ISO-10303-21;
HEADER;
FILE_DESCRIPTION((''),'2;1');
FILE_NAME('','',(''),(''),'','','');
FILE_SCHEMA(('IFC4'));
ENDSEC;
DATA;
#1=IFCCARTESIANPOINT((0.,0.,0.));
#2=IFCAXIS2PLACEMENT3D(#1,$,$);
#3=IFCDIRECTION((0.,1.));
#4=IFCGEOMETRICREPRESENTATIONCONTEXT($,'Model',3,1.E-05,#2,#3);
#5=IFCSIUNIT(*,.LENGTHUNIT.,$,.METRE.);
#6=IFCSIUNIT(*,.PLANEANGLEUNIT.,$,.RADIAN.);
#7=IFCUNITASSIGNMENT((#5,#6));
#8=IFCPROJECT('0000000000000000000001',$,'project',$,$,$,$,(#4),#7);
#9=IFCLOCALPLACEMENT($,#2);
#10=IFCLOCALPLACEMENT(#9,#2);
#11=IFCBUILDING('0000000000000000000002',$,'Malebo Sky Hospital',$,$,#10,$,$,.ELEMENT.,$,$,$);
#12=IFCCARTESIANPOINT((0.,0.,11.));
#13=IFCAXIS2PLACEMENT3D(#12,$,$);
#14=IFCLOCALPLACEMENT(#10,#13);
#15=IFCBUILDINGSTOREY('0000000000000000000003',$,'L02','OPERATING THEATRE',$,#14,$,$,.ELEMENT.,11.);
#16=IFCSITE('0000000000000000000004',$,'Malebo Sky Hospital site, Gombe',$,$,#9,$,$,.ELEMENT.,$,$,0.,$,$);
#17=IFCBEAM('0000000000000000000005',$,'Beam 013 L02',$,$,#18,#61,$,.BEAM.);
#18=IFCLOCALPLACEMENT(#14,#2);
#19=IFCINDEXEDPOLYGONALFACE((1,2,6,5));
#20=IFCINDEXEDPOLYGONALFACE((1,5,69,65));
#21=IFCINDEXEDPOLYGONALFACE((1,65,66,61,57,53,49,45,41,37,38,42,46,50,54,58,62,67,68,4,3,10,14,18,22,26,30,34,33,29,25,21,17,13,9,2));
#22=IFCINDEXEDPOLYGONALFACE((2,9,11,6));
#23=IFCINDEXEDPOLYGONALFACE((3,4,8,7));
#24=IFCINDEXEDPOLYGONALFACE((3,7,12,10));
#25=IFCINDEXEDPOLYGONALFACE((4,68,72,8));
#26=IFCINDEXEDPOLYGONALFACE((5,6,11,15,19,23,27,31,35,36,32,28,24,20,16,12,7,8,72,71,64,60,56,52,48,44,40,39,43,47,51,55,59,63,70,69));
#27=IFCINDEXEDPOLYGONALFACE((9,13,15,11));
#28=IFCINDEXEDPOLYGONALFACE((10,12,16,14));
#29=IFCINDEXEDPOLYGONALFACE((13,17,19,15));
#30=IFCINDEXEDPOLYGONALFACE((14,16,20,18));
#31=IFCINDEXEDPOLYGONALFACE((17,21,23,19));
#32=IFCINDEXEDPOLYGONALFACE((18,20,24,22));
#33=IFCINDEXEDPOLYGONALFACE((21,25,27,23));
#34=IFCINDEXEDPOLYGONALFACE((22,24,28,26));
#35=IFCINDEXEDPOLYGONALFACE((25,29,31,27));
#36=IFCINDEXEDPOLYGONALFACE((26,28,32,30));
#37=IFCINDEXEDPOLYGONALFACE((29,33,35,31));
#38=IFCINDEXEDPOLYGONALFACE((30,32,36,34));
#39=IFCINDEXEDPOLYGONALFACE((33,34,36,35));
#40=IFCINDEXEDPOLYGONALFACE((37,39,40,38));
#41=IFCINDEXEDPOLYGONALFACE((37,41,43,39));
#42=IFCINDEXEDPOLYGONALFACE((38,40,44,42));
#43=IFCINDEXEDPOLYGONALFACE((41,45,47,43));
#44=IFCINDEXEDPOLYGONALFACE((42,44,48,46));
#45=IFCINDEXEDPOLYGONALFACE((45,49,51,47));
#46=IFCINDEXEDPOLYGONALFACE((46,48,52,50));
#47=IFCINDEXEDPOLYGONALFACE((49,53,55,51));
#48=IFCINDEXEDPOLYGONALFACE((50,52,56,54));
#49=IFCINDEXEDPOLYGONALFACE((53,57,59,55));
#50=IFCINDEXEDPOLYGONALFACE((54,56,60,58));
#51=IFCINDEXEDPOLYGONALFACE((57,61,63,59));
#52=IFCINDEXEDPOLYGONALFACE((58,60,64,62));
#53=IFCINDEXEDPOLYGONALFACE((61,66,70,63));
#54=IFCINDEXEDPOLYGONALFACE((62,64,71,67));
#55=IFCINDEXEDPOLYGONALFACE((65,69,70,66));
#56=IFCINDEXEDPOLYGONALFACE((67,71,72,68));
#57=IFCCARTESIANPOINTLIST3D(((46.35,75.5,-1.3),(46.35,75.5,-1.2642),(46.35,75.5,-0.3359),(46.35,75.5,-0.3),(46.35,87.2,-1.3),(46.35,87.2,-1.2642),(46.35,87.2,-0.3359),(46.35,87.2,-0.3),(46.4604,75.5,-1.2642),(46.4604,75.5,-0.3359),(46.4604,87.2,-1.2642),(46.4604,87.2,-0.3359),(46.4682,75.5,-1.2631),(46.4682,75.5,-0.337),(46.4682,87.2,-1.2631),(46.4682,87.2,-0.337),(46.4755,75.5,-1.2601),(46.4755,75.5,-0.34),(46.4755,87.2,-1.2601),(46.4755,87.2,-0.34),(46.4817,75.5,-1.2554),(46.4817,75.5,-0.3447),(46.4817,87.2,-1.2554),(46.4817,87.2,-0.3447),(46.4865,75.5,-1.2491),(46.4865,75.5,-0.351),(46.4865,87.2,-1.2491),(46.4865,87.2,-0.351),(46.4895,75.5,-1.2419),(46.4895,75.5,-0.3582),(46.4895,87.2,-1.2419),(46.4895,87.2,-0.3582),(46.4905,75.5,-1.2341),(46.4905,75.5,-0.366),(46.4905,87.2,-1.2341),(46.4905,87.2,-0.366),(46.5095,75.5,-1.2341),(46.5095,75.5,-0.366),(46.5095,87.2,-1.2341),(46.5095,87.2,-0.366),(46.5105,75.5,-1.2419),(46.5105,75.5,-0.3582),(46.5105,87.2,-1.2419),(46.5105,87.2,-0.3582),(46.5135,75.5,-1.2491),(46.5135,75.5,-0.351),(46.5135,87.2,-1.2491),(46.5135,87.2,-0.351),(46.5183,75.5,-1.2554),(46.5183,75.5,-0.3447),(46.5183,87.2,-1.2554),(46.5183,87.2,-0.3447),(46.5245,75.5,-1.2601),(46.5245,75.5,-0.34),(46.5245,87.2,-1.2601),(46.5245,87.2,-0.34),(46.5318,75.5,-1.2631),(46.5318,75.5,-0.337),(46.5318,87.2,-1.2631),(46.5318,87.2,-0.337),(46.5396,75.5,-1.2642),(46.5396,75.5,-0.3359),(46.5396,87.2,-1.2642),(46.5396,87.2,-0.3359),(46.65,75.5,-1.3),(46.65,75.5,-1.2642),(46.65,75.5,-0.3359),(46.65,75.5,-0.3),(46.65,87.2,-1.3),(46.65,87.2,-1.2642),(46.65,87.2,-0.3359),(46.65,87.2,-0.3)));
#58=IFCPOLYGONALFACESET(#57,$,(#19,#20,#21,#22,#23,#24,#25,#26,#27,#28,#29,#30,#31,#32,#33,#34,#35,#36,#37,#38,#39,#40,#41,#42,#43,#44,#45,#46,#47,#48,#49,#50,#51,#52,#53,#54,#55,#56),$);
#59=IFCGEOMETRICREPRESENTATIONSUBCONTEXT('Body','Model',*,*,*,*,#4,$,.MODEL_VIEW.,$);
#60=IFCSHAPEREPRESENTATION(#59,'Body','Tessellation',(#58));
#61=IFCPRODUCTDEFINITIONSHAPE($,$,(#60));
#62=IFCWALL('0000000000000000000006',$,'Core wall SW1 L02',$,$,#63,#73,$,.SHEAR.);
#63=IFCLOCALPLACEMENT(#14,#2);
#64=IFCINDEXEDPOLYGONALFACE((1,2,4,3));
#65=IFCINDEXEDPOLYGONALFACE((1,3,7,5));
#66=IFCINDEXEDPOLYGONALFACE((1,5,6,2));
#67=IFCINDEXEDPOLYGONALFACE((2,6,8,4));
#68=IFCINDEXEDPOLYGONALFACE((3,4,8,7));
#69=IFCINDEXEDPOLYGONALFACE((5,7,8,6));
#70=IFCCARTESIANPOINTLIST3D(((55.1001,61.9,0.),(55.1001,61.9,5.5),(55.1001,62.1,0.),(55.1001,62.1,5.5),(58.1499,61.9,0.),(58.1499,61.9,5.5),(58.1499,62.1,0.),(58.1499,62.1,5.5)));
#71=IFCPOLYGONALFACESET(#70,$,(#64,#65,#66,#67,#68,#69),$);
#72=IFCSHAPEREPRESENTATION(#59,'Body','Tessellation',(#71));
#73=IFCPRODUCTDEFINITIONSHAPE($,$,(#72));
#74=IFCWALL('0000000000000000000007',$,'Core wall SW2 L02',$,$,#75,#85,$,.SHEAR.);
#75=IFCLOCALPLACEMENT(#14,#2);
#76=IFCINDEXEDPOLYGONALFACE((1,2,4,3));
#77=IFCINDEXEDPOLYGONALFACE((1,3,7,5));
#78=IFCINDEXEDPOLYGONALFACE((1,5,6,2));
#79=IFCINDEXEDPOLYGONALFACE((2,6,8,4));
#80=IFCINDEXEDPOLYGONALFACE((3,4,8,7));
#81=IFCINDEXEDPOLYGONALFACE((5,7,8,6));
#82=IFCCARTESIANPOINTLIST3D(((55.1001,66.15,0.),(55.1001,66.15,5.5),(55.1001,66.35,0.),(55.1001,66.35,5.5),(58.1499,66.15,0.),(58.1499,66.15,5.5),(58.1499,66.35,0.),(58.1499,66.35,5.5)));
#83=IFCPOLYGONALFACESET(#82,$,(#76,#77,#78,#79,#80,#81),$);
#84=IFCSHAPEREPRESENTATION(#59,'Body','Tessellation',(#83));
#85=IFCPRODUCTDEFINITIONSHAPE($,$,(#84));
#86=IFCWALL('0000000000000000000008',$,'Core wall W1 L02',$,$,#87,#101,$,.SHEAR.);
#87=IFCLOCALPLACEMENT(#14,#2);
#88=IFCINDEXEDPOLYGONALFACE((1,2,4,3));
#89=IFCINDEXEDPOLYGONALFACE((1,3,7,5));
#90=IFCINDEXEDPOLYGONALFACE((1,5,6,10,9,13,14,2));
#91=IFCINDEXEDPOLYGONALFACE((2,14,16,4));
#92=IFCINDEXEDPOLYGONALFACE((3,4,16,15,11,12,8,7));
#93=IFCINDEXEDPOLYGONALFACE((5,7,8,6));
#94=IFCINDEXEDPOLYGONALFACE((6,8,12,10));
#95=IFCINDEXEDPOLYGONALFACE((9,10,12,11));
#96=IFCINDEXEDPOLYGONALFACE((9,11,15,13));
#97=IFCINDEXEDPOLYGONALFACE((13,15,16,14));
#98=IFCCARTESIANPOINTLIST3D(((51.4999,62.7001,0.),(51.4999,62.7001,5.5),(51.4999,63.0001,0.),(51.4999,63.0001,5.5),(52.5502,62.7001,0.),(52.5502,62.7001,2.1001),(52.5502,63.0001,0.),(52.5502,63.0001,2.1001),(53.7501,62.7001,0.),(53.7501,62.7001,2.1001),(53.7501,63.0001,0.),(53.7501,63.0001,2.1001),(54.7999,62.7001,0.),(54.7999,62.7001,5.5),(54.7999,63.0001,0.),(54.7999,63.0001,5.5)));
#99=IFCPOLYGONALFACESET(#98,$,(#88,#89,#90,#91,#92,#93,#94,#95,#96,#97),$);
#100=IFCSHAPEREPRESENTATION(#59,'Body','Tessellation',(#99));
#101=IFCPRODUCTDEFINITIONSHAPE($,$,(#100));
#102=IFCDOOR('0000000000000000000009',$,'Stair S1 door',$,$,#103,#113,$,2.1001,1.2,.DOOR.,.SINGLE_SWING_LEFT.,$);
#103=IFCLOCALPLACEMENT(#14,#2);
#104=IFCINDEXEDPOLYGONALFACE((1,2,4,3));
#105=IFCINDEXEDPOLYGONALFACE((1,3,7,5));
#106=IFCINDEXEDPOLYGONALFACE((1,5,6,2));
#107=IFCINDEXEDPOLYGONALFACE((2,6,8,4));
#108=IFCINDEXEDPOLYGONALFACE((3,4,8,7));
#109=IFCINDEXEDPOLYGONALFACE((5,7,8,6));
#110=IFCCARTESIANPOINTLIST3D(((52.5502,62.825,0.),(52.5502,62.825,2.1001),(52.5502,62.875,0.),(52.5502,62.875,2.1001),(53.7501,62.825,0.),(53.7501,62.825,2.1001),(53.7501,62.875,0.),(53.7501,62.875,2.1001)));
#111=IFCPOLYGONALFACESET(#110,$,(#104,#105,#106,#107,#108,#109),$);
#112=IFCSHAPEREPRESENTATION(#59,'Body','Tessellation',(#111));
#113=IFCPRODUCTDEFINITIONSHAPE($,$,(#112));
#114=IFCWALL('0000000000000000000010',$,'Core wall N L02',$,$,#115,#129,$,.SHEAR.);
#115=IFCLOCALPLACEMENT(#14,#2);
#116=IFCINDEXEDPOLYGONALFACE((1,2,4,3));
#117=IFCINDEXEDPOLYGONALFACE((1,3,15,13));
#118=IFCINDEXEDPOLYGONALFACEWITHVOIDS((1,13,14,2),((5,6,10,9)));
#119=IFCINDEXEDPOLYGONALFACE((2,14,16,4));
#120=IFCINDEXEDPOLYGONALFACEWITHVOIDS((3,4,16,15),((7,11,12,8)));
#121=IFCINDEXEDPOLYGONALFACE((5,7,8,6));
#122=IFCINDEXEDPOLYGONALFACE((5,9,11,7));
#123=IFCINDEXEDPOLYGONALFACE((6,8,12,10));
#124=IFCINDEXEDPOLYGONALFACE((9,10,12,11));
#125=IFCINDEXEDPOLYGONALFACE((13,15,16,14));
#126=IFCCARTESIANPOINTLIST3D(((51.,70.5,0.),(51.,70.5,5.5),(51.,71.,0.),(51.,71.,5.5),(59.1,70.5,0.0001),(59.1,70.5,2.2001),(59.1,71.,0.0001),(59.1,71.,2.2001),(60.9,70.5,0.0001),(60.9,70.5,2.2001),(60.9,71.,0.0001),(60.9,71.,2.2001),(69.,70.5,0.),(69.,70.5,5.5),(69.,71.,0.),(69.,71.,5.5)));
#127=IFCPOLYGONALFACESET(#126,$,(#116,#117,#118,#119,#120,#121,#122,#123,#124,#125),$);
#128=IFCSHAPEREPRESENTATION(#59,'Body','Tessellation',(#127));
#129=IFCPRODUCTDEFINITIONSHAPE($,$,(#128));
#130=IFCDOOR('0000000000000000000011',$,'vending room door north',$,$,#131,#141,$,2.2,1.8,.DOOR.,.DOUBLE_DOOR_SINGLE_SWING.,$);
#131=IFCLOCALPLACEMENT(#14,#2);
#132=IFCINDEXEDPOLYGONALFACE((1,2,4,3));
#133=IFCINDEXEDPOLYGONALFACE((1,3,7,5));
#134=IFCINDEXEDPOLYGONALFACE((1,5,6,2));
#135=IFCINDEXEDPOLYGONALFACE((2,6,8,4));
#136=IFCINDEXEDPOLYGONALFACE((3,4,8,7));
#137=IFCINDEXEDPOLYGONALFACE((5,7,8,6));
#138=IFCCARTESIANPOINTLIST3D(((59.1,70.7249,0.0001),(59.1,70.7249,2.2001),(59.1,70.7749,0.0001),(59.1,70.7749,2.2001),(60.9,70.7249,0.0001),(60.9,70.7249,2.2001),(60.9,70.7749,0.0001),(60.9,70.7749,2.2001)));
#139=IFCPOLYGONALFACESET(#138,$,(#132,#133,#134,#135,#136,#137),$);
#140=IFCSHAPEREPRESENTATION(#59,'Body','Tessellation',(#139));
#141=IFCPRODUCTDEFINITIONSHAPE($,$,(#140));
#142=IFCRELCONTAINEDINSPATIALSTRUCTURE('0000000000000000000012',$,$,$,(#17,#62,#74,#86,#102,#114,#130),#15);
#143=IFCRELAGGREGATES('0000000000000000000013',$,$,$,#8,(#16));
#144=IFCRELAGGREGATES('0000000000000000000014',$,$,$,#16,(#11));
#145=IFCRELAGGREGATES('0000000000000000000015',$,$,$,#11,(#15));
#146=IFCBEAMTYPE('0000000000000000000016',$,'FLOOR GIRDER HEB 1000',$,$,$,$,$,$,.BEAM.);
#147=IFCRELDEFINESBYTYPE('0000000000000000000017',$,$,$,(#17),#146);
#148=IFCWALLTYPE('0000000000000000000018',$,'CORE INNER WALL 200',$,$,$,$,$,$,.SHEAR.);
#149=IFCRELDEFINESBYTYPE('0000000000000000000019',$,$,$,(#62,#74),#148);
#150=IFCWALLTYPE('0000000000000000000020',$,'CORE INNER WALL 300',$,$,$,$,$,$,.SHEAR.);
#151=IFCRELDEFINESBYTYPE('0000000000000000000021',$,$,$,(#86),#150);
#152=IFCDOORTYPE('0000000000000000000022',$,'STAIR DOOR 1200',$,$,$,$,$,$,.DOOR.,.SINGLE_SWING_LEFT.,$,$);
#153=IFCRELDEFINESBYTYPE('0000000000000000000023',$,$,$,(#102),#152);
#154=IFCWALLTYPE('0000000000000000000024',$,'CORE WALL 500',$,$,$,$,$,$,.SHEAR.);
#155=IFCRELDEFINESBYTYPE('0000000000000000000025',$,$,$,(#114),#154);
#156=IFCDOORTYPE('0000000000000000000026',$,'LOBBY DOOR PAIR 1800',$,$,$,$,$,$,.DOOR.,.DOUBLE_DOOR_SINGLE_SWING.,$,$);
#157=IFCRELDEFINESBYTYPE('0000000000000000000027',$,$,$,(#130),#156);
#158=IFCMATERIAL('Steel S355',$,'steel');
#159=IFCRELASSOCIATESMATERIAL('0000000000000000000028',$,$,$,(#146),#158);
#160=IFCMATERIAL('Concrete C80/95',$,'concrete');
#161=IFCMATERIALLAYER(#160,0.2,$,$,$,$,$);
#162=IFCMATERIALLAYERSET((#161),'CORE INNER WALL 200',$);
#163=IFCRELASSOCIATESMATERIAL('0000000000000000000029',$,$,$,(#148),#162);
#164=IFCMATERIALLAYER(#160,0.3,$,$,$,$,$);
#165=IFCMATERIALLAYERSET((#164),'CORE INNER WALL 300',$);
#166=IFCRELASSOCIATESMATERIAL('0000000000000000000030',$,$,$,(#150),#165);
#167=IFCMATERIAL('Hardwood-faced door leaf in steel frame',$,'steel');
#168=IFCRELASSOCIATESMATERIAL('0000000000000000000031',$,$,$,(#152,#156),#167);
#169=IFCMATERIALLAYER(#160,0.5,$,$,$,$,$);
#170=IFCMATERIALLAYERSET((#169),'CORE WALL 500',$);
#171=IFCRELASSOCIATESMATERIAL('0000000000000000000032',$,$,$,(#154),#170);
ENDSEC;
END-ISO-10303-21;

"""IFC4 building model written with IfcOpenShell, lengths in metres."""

from ifc_helpers import new_model, si_unit, direction, frame, frame_2d, origin, origin_2d, place, context, subcontext, project, spatial, rectangle, i_section, extrude, material, layer, layer_set, material_profile, profile_set, type_object, element, fill, save


model = new_model("IFC4")

# Units and contexts
model_context = context("Model", 3, precision=1e-05, world=origin(), true_north=direction((0.0, 1.0)))
body_context = subcontext(model_context, "Body", "Model", "MODEL_VIEW")
ifc_project = project(units=[si_unit("LENGTHUNIT", "METRE"), si_unit("PLANEANGLEUNIT", "RADIAN")], contexts=[model_context])

# Site, building, storey
site_placement = place(None, origin())
site = spatial("IfcSite", under=ifc_project, at=site_placement, Name="Malebo Sky Hospital site, Gombe", CompositionType="ELEMENT", RefElevation=0.0)
building_placement = place(site_placement, origin())
building = spatial("IfcBuilding", under=site, at=building_placement, Name="Malebo Sky Hospital", CompositionType="ELEMENT")
storey_placement = place(building_placement, frame((0.0, 0.0, 11.0)))
storey = spatial("IfcBuildingStorey", under=building, at=storey_placement, Name="L02", Description="OPERATING THEATRE", CompositionType="ELEMENT", Elevation=11.0)

# Beam
ifc_material_1 = material(Name="Steel S355", Category="steel")
ifc_material_profile_1 = material_profile(ifc_material_1, i_section(OverallWidth=0.3, OverallDepth=1.0, WebThickness=0.019, FlangeThickness=0.0359, FilletRadius=0.03, at=origin_2d()), Name="HEB 1000")
ifc_profile_set_1 = profile_set([ifc_material_profile_1], Name="Steel S355")
beam_type_1 = type_object("IfcBeamType", Name="FLOOR GIRDER HEB 1000", PredefinedType="BEAM", material=ifc_profile_set_1)
beam_1_placement = place(storey_placement, frame((46.5, 75.5, -0.8), z_axis=(0.0, 1.0, 0.0), x_axis=(-1.0, 0.0, 0.0)))
element("IfcBeam", 1, at=beam_1_placement, inside=storey, type_object=beam_type_1, Name="Beam 013 L02", PredefinedType="BEAM", context=body_context, shape_type="SweptSolid", body=[
    extrude(i_section(OverallWidth=0.3, OverallDepth=1.0, WebThickness=0.019, FlangeThickness=0.0359, FilletRadius=0.03, at=origin_2d()), origin(), (0.0, 0.0, 1.0), 11.7),
])

# Walls
ifc_material_2 = material(Name="Concrete C80/95", Category="concrete")
ifc_layer_1 = layer(ifc_material_2, 0.2)
ifc_layer_set_1 = layer_set([ifc_layer_1], Name="CORE INNER WALL 200")
wall_type_1 = type_object("IfcWallType", Name="CORE INNER WALL 200", PredefinedType="SHEAR", material=ifc_layer_set_1)
for number, where, z_axis, x_axis, name in (
    (2, (55.1001, 62.0, 0.0), (0.0, 0.0, 1.0), (1.0, 0.0, 0.0), "Core wall SW1 L02"),
    (3, (55.1001, 66.25, 0.0), (0.0, 0.0, 1.0), (1.0, 0.0, 0.0), "Core wall SW2 L02"),
):
    element("IfcWall", number, at=place(storey_placement, frame(where, z_axis=z_axis, x_axis=x_axis)), inside=storey, type_object=wall_type_1, Name=name, PredefinedType="SHEAR", context=body_context, shape_type="SweptSolid", body=[
        extrude(rectangle(XDim=3.0498, YDim=0.2, at=frame_2d((1.5249, 0.0))), origin(), (0.0, 0.0, 1.0), 5.5),
    ])

# Walls, openings, doors
ifc_layer_2 = layer(ifc_material_2, 0.3)
ifc_layer_set_2 = layer_set([ifc_layer_2], Name="CORE INNER WALL 300")
wall_type_2 = type_object("IfcWallType", Name="CORE INNER WALL 300", PredefinedType="SHEAR", material=ifc_layer_set_2)
wall_1_placement = place(storey_placement, frame((51.5, 62.8501, 0.0), z_axis=(0.0, 0.0, 1.0), x_axis=(1.0, 0.0, 0.0)))
wall_1 = element("IfcWall", 4, at=wall_1_placement, inside=storey, type_object=wall_type_2, Name="Core wall W1 L02", PredefinedType="SHEAR", context=body_context, shape_type="SweptSolid", body=[
    extrude(rectangle(XDim=3.3, YDim=0.3, at=frame_2d((1.6499, 0.0))), origin(), (0.0, 0.0, 1.0), 5.5),
])
opening_1_placement = place(wall_1_placement, frame((1.05, 0.0, 0.0)))
opening_1 = element("IfcOpeningElement", 5, at=opening_1_placement, cuts=wall_1, PredefinedType="OPENING", context=body_context, shape_type="SweptSolid", body=[
    extrude(rectangle(XDim=1.2, YDim=2.1001, at=frame_2d((0.6001, 1.05))), frame((0.0, 0.1599, 0.0), z_axis=(0.0, -1.0, 0.0), x_axis=(1.0, 0.0, 0.0)), (0.0, 0.0, 1.0), 0.3201),
])
ifc_material_3 = material(Name="Hardwood-faced door leaf in steel frame", Category="steel")
door_type_1 = type_object("IfcDoorType", Name="STAIR DOOR 1200", OperationType="SINGLE_SWING_LEFT", PredefinedType="DOOR", material=ifc_material_3)
door_1_placement = place(opening_1_placement, origin())
door_1 = element("IfcDoor", 6, at=door_1_placement, inside=storey, type_object=door_type_1, Name="Stair S1 door", OperationType="SINGLE_SWING_LEFT", OverallHeight=2.1001, OverallWidth=1.2, PredefinedType="DOOR", context=body_context, shape_type="SweptSolid", body=[
    extrude(rectangle(XDim=1.2, YDim=2.1001, at=frame_2d((0.6001, 1.05))), frame((0.0, 0.0249, 0.0), z_axis=(0.0, -1.0, 0.0), x_axis=(1.0, 0.0, 0.0)), (0.0, 0.0, 1.0), 0.05),
])
fill(opening_1, door_1)
ifc_layer_3 = layer(ifc_material_2, 0.5)
ifc_layer_set_3 = layer_set([ifc_layer_3], Name="CORE WALL 500")
wall_type_3 = type_object("IfcWallType", Name="CORE WALL 500", PredefinedType="SHEAR", material=ifc_layer_set_3)
wall_2_placement = place(storey_placement, frame((51.0, 70.75, 0.0), z_axis=(0.0, 0.0, 1.0), x_axis=(1.0, 0.0, 0.0)))
wall_2 = element("IfcWall", 7, at=wall_2_placement, inside=storey, type_object=wall_type_3, Name="Core wall N L02", PredefinedType="SHEAR", context=body_context, shape_type="SweptSolid", body=[
    extrude(rectangle(XDim=18.0, YDim=0.5, at=frame_2d((9.0, 0.0))), origin(), (0.0, 0.0, 1.0), 5.5),
])
opening_2_placement = place(wall_2_placement, frame((8.1001, 0.0, 0.0)))
opening_2 = element("IfcOpeningElement", 8, at=opening_2_placement, cuts=wall_2, PredefinedType="OPENING", context=body_context, shape_type="SweptSolid", body=[
    extrude(rectangle(XDim=1.8, YDim=2.2, at=frame_2d((0.8999, 1.1001))), frame((0.0, 0.26, 0.0), z_axis=(0.0, -1.0, 0.0), x_axis=(1.0, 0.0, 0.0)), (0.0, 0.0, 1.0), 0.52),
])
door_type_2 = type_object("IfcDoorType", Name="LOBBY DOOR PAIR 1800", OperationType="DOUBLE_DOOR_SINGLE_SWING", PredefinedType="DOOR", material=ifc_material_3)
door_2_placement = place(opening_2_placement, origin())
door_2 = element("IfcDoor", 9, at=door_2_placement, inside=storey, type_object=door_type_2, Name="vending room door north", OperationType="DOUBLE_DOOR_SINGLE_SWING", OverallHeight=2.2, OverallWidth=1.8, PredefinedType="DOOR", context=body_context, shape_type="SweptSolid", body=[
    extrude(rectangle(XDim=1.8, YDim=2.2, at=frame_2d((0.8999, 1.1001))), frame((0.0, 0.0249, 0.0), z_axis=(0.0, -1.0, 0.0), x_axis=(1.0, 0.0, 0.0)), (0.0, 0.0, 1.0), 0.05),
])
fill(opening_2, door_2)

save(model, "model.ifc")
